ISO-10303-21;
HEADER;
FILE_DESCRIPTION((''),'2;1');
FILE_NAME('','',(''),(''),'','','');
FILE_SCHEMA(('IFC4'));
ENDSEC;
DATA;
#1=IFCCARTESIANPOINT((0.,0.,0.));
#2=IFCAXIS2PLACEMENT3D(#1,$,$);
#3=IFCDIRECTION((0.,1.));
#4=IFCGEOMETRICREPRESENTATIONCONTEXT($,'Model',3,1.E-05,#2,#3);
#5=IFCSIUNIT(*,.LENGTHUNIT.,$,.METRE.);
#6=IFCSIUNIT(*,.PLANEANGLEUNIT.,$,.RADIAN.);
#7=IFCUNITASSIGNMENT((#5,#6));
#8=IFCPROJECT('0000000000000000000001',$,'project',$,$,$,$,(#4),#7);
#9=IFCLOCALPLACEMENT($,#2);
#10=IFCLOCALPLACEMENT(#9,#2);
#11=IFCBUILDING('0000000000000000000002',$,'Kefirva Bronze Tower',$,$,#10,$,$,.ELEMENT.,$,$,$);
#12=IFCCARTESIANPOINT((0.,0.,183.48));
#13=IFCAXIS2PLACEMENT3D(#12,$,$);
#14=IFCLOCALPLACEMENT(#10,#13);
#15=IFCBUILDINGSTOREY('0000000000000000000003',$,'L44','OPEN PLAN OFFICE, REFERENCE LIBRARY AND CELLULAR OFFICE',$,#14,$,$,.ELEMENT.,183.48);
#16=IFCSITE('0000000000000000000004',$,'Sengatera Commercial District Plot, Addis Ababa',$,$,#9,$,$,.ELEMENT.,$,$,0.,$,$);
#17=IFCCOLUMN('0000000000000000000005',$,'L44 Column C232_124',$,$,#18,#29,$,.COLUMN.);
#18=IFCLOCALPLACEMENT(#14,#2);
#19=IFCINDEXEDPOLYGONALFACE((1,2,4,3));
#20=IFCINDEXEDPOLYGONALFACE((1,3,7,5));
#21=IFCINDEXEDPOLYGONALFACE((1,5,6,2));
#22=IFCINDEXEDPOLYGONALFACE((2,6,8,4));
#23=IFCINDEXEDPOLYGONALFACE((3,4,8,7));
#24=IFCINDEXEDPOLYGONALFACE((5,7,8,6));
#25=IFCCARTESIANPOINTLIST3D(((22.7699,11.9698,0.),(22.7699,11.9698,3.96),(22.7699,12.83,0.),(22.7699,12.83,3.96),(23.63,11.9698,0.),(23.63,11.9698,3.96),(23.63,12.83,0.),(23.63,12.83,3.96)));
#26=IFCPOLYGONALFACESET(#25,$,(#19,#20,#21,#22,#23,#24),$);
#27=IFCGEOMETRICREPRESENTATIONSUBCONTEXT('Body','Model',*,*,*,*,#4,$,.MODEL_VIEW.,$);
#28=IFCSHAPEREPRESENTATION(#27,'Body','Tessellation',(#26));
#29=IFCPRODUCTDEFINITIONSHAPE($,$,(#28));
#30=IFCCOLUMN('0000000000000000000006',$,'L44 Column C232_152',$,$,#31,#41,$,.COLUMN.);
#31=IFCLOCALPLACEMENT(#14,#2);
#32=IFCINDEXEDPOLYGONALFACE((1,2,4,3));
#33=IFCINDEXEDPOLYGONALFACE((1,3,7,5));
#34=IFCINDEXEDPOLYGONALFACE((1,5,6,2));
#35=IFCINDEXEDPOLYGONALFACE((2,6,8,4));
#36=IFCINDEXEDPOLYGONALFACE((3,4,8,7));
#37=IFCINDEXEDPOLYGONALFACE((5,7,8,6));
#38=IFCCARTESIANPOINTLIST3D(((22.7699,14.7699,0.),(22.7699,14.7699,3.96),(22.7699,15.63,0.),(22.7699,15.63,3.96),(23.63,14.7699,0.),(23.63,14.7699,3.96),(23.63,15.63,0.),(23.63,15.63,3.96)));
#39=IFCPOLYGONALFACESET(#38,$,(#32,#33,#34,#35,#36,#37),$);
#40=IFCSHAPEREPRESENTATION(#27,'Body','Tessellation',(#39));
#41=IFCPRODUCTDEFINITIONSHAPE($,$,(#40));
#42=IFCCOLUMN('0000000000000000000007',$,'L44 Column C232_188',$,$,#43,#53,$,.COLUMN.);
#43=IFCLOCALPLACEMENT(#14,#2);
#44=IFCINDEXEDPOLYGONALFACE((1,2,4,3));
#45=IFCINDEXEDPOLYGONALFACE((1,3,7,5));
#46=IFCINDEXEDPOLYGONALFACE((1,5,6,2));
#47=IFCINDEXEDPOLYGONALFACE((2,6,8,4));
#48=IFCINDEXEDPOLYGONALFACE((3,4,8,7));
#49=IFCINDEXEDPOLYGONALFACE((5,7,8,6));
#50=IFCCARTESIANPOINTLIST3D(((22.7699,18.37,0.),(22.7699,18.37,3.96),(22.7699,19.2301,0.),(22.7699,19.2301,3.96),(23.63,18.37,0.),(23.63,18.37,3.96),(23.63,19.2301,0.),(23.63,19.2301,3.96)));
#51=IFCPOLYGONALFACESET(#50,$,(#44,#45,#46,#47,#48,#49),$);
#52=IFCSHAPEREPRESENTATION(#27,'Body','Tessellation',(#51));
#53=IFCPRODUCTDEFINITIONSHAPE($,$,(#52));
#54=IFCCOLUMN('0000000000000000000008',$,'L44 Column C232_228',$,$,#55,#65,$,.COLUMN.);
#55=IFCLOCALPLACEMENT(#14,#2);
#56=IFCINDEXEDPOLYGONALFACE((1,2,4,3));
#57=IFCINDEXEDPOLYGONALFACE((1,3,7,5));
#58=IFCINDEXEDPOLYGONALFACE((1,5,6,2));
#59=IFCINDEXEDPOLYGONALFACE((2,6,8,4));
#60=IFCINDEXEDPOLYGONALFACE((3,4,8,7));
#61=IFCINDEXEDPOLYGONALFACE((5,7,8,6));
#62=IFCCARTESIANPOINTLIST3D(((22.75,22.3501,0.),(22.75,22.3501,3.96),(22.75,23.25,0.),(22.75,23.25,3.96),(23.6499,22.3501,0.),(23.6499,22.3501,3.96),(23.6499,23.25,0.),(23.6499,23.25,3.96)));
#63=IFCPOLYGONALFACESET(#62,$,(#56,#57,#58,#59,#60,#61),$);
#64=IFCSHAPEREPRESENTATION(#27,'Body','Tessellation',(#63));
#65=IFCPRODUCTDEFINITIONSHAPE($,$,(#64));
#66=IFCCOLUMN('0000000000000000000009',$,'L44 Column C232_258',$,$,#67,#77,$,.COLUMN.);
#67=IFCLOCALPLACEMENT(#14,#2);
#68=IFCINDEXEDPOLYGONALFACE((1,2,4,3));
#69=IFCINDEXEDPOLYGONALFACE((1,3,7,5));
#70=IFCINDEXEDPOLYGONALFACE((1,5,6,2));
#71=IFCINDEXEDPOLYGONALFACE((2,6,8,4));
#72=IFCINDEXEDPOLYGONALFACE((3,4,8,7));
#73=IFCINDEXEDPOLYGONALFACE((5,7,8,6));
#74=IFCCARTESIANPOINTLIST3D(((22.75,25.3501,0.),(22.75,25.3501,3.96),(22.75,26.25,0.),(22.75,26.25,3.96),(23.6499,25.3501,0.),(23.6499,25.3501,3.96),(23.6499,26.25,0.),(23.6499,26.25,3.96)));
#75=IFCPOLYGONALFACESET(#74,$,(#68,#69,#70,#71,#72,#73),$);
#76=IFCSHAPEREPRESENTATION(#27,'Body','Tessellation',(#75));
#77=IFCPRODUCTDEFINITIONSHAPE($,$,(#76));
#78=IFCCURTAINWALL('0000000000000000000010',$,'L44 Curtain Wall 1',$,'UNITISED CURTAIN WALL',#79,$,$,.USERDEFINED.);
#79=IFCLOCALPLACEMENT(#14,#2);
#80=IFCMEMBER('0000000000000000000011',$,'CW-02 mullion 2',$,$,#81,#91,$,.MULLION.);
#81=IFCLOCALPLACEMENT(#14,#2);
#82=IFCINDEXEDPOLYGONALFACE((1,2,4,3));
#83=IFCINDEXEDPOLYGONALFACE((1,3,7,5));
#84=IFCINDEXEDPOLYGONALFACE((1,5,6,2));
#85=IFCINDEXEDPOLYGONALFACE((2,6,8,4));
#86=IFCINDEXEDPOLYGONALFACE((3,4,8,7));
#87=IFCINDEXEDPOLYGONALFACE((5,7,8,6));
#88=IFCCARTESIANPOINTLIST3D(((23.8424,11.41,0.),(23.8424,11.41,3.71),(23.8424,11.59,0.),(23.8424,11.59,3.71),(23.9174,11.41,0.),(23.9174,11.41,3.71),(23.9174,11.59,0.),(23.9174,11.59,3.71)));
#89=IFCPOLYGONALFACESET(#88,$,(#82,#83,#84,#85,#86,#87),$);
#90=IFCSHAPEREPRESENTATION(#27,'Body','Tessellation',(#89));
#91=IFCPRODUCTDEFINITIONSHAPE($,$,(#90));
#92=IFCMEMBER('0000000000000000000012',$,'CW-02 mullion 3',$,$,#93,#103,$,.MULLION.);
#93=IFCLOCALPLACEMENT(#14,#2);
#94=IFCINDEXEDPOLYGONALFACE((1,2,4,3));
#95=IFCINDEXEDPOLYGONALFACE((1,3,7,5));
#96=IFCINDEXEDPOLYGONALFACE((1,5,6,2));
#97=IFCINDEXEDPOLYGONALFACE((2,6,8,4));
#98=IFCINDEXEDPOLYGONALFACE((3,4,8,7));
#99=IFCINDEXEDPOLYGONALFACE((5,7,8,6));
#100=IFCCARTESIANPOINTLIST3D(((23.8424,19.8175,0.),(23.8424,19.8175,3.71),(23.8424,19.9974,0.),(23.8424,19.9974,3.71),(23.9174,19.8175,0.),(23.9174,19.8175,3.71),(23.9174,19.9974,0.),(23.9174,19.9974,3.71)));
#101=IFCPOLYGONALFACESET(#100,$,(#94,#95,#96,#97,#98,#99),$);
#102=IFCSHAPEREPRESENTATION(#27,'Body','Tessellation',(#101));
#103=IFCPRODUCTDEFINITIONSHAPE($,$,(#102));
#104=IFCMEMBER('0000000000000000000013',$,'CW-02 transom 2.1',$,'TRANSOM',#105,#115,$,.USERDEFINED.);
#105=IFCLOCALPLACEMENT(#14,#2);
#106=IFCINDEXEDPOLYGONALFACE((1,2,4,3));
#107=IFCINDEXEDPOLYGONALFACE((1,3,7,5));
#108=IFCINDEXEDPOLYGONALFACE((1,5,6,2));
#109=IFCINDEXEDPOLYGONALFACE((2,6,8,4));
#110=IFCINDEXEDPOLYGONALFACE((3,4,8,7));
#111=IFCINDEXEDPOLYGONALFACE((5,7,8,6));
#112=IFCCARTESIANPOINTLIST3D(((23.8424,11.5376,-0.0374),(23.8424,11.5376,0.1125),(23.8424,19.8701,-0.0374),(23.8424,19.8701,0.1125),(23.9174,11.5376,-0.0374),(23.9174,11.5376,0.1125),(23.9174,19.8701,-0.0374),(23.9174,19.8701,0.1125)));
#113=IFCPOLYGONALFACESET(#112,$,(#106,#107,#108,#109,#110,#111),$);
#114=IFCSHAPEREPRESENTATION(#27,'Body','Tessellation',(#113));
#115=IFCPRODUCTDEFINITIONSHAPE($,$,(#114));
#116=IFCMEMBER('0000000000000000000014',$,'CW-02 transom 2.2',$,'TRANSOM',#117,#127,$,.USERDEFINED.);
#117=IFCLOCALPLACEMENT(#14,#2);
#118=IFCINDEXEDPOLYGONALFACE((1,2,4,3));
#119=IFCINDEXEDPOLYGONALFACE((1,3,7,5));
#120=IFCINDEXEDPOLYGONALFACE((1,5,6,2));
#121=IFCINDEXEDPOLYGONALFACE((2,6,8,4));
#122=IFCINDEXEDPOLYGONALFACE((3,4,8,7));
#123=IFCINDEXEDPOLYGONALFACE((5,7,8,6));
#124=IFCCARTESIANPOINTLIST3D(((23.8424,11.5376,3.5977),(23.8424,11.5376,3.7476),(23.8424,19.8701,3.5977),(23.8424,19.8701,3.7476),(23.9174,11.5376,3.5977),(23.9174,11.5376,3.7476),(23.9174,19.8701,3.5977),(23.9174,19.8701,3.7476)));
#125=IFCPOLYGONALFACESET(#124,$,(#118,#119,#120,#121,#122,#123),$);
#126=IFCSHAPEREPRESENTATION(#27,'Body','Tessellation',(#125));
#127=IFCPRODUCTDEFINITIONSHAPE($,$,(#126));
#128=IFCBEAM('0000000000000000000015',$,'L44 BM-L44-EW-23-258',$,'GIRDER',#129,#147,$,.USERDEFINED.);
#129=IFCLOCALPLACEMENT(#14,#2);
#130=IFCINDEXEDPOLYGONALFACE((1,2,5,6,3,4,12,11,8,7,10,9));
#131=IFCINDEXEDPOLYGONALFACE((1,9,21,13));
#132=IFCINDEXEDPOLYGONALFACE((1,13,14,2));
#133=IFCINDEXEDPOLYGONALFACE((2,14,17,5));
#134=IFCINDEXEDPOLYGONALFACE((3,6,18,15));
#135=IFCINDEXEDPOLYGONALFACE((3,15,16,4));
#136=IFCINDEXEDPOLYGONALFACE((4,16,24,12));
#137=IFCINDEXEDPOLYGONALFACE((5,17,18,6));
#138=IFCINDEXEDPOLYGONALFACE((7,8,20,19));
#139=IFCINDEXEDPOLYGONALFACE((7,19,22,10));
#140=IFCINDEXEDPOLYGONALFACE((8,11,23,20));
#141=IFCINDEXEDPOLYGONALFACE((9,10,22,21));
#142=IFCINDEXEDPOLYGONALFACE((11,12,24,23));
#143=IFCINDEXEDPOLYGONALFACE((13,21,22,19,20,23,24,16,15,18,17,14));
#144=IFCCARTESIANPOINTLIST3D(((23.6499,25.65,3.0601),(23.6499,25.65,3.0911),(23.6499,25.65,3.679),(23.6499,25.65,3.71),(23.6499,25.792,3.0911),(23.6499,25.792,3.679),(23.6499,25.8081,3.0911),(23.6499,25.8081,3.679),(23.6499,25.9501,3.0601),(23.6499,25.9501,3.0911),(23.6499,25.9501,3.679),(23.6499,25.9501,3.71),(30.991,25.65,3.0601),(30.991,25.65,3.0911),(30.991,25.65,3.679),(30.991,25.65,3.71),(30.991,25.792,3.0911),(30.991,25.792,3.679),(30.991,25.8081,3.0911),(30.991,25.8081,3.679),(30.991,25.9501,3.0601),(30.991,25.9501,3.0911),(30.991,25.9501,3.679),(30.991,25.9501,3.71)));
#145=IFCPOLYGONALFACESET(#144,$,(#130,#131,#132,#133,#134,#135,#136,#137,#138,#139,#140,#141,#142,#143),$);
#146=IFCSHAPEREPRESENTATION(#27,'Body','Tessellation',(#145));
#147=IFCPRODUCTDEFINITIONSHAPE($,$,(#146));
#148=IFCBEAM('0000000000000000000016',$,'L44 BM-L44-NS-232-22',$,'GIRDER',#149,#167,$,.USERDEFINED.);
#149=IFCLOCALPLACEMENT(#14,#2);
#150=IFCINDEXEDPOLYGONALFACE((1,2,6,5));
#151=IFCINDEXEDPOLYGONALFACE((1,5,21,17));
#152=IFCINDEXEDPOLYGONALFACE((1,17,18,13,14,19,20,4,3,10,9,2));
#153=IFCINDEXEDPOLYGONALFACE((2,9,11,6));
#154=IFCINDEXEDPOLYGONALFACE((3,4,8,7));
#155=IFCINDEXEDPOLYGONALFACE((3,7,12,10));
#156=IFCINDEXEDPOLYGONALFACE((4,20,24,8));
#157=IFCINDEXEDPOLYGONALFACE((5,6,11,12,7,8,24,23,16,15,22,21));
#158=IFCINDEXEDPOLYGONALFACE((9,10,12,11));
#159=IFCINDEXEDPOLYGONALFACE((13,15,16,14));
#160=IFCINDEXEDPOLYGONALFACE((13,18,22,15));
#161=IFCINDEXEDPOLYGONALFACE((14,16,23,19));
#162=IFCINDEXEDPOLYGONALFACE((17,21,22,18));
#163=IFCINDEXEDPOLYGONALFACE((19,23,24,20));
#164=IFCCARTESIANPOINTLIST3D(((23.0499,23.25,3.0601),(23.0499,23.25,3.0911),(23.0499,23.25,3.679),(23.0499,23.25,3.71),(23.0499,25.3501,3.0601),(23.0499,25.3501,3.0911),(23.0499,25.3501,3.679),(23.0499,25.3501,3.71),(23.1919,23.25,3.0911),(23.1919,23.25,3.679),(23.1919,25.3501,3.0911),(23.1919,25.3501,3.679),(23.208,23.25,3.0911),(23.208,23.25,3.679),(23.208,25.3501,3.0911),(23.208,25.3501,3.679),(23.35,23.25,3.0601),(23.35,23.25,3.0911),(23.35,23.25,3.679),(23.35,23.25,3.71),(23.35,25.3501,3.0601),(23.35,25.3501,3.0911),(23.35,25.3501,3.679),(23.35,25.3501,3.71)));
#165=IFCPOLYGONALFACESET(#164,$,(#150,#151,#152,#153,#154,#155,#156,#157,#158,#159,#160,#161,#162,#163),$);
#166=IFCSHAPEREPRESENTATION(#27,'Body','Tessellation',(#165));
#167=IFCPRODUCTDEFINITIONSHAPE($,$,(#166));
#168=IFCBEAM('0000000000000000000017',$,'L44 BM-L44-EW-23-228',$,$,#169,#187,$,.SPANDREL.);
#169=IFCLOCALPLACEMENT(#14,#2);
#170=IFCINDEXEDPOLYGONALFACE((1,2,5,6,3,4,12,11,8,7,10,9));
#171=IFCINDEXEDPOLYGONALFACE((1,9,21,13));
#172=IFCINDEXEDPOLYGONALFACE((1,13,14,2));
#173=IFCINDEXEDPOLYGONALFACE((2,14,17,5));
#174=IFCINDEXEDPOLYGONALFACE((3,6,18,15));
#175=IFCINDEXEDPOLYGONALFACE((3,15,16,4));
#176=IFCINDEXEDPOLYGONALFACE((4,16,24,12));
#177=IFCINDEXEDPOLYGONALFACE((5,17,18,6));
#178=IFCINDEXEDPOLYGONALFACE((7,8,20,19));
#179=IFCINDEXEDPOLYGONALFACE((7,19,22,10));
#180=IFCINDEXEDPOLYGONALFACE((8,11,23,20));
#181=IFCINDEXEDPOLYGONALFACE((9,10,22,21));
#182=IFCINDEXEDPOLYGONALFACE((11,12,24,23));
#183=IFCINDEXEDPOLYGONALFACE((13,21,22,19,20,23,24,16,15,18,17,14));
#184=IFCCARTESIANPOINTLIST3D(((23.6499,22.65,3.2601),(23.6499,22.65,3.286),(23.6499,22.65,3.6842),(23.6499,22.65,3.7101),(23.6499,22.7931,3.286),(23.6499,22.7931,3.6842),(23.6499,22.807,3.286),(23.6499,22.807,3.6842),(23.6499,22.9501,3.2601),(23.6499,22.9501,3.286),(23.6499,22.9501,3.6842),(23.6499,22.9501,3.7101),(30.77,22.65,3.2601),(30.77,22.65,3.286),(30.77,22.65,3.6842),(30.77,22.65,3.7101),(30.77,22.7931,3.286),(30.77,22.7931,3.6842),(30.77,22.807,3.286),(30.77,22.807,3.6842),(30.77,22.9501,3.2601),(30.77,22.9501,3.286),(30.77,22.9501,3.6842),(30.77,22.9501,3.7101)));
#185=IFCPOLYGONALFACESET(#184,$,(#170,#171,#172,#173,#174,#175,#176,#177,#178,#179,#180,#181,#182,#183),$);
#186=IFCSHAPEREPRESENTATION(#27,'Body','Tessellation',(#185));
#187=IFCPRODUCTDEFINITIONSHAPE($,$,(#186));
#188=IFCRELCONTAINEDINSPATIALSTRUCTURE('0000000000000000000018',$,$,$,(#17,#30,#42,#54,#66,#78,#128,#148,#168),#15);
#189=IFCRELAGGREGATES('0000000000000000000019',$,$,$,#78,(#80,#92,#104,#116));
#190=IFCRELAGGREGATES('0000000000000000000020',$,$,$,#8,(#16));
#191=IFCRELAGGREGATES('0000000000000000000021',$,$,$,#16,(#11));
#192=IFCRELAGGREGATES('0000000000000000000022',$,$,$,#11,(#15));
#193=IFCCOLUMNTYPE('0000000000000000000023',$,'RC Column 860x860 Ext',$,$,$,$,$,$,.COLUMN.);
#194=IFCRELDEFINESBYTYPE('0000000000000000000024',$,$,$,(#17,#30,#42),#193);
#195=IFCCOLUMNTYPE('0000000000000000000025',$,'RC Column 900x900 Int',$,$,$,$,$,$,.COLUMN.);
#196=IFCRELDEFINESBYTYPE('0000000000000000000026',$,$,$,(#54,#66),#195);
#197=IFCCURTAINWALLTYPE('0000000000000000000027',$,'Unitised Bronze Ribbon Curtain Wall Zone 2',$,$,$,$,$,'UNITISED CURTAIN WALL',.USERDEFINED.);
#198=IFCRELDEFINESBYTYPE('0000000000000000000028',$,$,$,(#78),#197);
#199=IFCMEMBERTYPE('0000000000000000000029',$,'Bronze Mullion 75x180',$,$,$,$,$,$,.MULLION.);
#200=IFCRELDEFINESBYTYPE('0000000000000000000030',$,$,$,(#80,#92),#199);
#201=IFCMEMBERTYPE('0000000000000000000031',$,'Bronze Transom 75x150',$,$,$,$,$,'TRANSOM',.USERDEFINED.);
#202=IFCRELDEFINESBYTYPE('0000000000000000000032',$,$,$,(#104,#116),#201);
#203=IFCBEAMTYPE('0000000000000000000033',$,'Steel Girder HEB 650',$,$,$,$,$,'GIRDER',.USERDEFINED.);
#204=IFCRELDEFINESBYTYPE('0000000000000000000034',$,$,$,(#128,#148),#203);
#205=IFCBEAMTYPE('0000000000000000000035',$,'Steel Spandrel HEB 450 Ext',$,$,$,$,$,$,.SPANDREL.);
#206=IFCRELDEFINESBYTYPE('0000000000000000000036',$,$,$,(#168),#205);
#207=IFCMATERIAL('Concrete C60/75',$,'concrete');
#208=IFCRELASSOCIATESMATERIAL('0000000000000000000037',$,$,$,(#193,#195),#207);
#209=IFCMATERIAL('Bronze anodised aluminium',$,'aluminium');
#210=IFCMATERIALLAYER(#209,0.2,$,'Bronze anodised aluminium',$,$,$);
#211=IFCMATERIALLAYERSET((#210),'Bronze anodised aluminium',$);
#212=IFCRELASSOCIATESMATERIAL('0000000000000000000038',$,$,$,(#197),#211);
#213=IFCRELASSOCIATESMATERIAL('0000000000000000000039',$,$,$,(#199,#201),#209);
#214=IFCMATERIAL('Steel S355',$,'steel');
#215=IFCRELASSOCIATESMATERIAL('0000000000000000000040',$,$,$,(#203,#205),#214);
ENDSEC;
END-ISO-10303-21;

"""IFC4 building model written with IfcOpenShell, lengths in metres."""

from ifc_helpers import new_model, si_unit, direction, frame, origin, origin_2d, place, context, subcontext, project, spatial, rectangle, i_section, extrude, material, layer, layer_set, material_profile, profile_set, type_object, element, aggregate, save


model = new_model("IFC4")

# Units and contexts
model_context = context("Model", 3, precision=1e-05, world=origin(), true_north=direction((0.0, 1.0)))
body_context = subcontext(model_context, "Body", "Model", "MODEL_VIEW")
ifc_project = project(units=[si_unit("LENGTHUNIT", "METRE"), si_unit("PLANEANGLEUNIT", "RADIAN")], contexts=[model_context])

# Site, building, storey
site_placement = place(None, origin())
site = spatial("IfcSite", under=ifc_project, at=site_placement, Name="Sengatera Commercial District Plot, Addis Ababa", CompositionType="ELEMENT", RefElevation=0.0)
building_placement = place(site_placement, origin())
building = spatial("IfcBuilding", under=site, at=building_placement, Name="Kefirva Bronze Tower", CompositionType="ELEMENT")
storey_placement = place(building_placement, frame((0.0, 0.0, 183.48)))
storey = spatial("IfcBuildingStorey", under=building, at=storey_placement, Name="L44", Description="OPEN PLAN OFFICE, REFERENCE LIBRARY AND CELLULAR OFFICE", CompositionType="ELEMENT", Elevation=183.48)

# Columns
ifc_material_1 = material(Name="Concrete C60/75", Category="concrete")
ifc_material_profile_1 = material_profile(ifc_material_1, rectangle(XDim=0.8601, YDim=0.8601, at=origin_2d()), Name="RC 860x860")
ifc_profile_set_1 = profile_set([ifc_material_profile_1], Name="Concrete C60/75")
column_type_1 = type_object("IfcColumnType", Name="RC Column 860x860 Ext", PredefinedType="COLUMN", material=ifc_profile_set_1)
for number, where, z_axis, x_axis, name in (
    (1, (23.2, 12.3999, 0.0), (0.0, 0.0, 1.0), (1.0, 0.0, 0.0), "L44 Column C232_124"),
    (2, (23.2, 15.2, 0.0), (0.0, 0.0, 1.0), (1.0, 0.0, 0.0), "L44 Column C232_152"),
    (3, (23.2, 18.8, 0.0), (0.0, 0.0, 1.0), (1.0, 0.0, 0.0), "L44 Column C232_188"),
):
    element("IfcColumn", number, at=place(storey_placement, frame(where, z_axis=z_axis, x_axis=x_axis)), inside=storey, type_object=column_type_1, Name=name, PredefinedType="COLUMN", context=body_context, shape_type="SweptSolid", body=[
        extrude(rectangle(XDim=0.8601, YDim=0.8601, at=origin_2d()), origin(), (0.0, 0.0, 1.0), 3.96),
    ])
ifc_material_profile_2 = material_profile(ifc_material_1, rectangle(XDim=0.8999, YDim=0.8999, at=origin_2d()), Name="RC 900x900")
ifc_profile_set_2 = profile_set([ifc_material_profile_2], Name="Concrete C60/75")
column_type_2 = type_object("IfcColumnType", Name="RC Column 900x900 Int", PredefinedType="COLUMN", material=ifc_profile_set_2)
for number, where, z_axis, x_axis, name in (
    (4, (23.2, 22.8, 0.0), (0.0, 0.0, 1.0), (1.0, 0.0, 0.0), "L44 Column C232_228"),
    (5, (23.2, 25.8, 0.0), (0.0, 0.0, 1.0), (1.0, 0.0, 0.0), "L44 Column C232_258"),
):
    element("IfcColumn", number, at=place(storey_placement, frame(where, z_axis=z_axis, x_axis=x_axis)), inside=storey, type_object=column_type_2, Name=name, PredefinedType="COLUMN", context=body_context, shape_type="SweptSolid", body=[
        extrude(rectangle(XDim=0.8999, YDim=0.8999, at=origin_2d()), origin(), (0.0, 0.0, 1.0), 3.96),
    ])

# Curtain wall, members
ifc_material_2 = material(Name="Bronze anodised aluminium", Category="aluminium")
ifc_layer_1 = layer(ifc_material_2, 0.2, Name="Bronze anodised aluminium")
ifc_layer_set_1 = layer_set([ifc_layer_1], Name="Bronze anodised aluminium")
curtain_wall_type = type_object("IfcCurtainWallType", Name="Unitised Bronze Ribbon Curtain Wall Zone 2", ElementType="UNITISED CURTAIN WALL", PredefinedType="USERDEFINED", material=ifc_layer_set_1)
curtain_wall_placement = place(storey_placement, origin())
curtain_wall = element("IfcCurtainWall", 6, at=curtain_wall_placement, inside=storey, type_object=curtain_wall_type, Name="L44 Curtain Wall 1", ObjectType="UNITISED CURTAIN WALL", PredefinedType="USERDEFINED")
ifc_material_profile_3 = material_profile(ifc_material_2, rectangle(XDim=0.075, YDim=0.1799, at=origin_2d()), Name="ALU 75x180")
ifc_profile_set_3 = profile_set([ifc_material_profile_3], Name="Bronze anodised aluminium")
member_type_1 = type_object("IfcMemberType", Name="Bronze Mullion 75x180", PredefinedType="MULLION", material=ifc_profile_set_3)
member_1_placement = place(storey_placement, frame((23.8799, 11.5, 0.0), z_axis=(0.0, 0.0, 1.0), x_axis=(-1.0, 0.0, 0.0)))
member_1 = element("IfcMember", 7, at=member_1_placement, type_object=member_type_1, Name="CW-02 mullion 2", PredefinedType="MULLION", context=body_context, shape_type="SweptSolid", body=[
    extrude(rectangle(XDim=0.075, YDim=0.1799, at=origin_2d()), origin(), (0.0, 0.0, 1.0), 3.71),
])
member_2_placement = place(storey_placement, frame((23.8799, 19.9075, 0.0), z_axis=(0.0, 0.0, 1.0), x_axis=(-1.0, 0.0, 0.0)))
member_2 = element("IfcMember", 8, at=member_2_placement, type_object=member_type_1, Name="CW-02 mullion 3", PredefinedType="MULLION", context=body_context, shape_type="SweptSolid", body=[
    extrude(rectangle(XDim=0.075, YDim=0.1799, at=origin_2d()), origin(), (0.0, 0.0, 1.0), 3.71),
])
ifc_material_profile_4 = material_profile(ifc_material_2, rectangle(XDim=0.075, YDim=0.1499, at=origin_2d()), Name="ALU 75x150")
ifc_profile_set_4 = profile_set([ifc_material_profile_4], Name="Bronze anodised aluminium")
member_type_2 = type_object("IfcMemberType", Name="Bronze Transom 75x150", ElementType="TRANSOM", PredefinedType="USERDEFINED", material=ifc_profile_set_4)
member_3_placement = place(storey_placement, frame((23.8799, 11.5376, 0.0376), z_axis=(0.0, 1.0, 0.0), x_axis=(-1.0, 0.0, 0.0)))
member_3 = element("IfcMember", 9, at=member_3_placement, type_object=member_type_2, Name="CW-02 transom 2.1", ObjectType="TRANSOM", PredefinedType="USERDEFINED", context=body_context, shape_type="SweptSolid", body=[
    extrude(rectangle(XDim=0.075, YDim=0.1499, at=origin_2d()), origin(), (0.0, 0.0, 1.0), 8.3325),
])
member_4_placement = place(storey_placement, frame((23.8799, 11.5376, 3.6726), z_axis=(0.0, 1.0, 0.0), x_axis=(-1.0, 0.0, 0.0)))
member_4 = element("IfcMember", 10, at=member_4_placement, type_object=member_type_2, Name="CW-02 transom 2.2", ObjectType="TRANSOM", PredefinedType="USERDEFINED", context=body_context, shape_type="SweptSolid", body=[
    extrude(rectangle(XDim=0.075, YDim=0.1499, at=origin_2d()), origin(), (0.0, 0.0, 1.0), 8.3325),
])

# Beams
ifc_material_3 = material(Name="Steel S355", Category="steel")
ifc_material_profile_5 = material_profile(ifc_material_3, i_section(OverallWidth=0.3, OverallDepth=0.6499, WebThickness=0.0161, FlangeThickness=0.031, at=origin_2d()), Name="HEB 650")
ifc_profile_set_5 = profile_set([ifc_material_profile_5], Name="Steel S355")
beam_type_1 = type_object("IfcBeamType", Name="Steel Girder HEB 650", ElementType="GIRDER", PredefinedType="USERDEFINED", material=ifc_profile_set_5)
beam_1_placement = place(storey_placement, frame((23.6499, 25.8, 3.385), z_axis=(1.0, 0.0, 0.0), x_axis=(0.0, 1.0, 0.0)))
element("IfcBeam", 11, at=beam_1_placement, inside=storey, type_object=beam_type_1, Name="L44 BM-L44-EW-23-258", ObjectType="GIRDER", PredefinedType="USERDEFINED", context=body_context, shape_type="SweptSolid", body=[
    extrude(i_section(OverallWidth=0.3, OverallDepth=0.6499, WebThickness=0.0161, FlangeThickness=0.031, at=origin_2d()), origin(), (0.0, 0.0, 1.0), 7.3411),
])
beam_2_placement = place(storey_placement, frame((23.2, 23.25, 3.385), z_axis=(0.0, 1.0, 0.0), x_axis=(-1.0, 0.0, 0.0)))
element("IfcBeam", 12, at=beam_2_placement, inside=storey, type_object=beam_type_1, Name="L44 BM-L44-NS-232-22", ObjectType="GIRDER", PredefinedType="USERDEFINED", context=body_context, shape_type="SweptSolid", body=[
    extrude(i_section(OverallWidth=0.3, OverallDepth=0.6499, WebThickness=0.0161, FlangeThickness=0.031, at=origin_2d()), origin(), (0.0, 0.0, 1.0), 2.1001),
])
ifc_material_profile_6 = material_profile(ifc_material_3, i_section(OverallWidth=0.3, OverallDepth=0.45, WebThickness=0.0139, FlangeThickness=0.0259, at=origin_2d()), Name="HEB 450")
ifc_profile_set_6 = profile_set([ifc_material_profile_6], Name="Steel S355")
beam_type_2 = type_object("IfcBeamType", Name="Steel Spandrel HEB 450 Ext", PredefinedType="SPANDREL", material=ifc_profile_set_6)
beam_3_placement = place(storey_placement, frame((23.6499, 22.8, 3.4851), z_axis=(1.0, 0.0, 0.0), x_axis=(0.0, 1.0, 0.0)))
element("IfcBeam", 13, at=beam_3_placement, inside=storey, type_object=beam_type_2, Name="L44 BM-L44-EW-23-228", PredefinedType="SPANDREL", context=body_context, shape_type="SweptSolid", body=[
    extrude(i_section(OverallWidth=0.3, OverallDepth=0.45, WebThickness=0.0139, FlangeThickness=0.0259, at=origin_2d()), origin(), (0.0, 0.0, 1.0), 7.1201),
])

aggregate(curtain_wall, [member_1, member_2, member_3, member_4])

save(model, "model.ifc")
